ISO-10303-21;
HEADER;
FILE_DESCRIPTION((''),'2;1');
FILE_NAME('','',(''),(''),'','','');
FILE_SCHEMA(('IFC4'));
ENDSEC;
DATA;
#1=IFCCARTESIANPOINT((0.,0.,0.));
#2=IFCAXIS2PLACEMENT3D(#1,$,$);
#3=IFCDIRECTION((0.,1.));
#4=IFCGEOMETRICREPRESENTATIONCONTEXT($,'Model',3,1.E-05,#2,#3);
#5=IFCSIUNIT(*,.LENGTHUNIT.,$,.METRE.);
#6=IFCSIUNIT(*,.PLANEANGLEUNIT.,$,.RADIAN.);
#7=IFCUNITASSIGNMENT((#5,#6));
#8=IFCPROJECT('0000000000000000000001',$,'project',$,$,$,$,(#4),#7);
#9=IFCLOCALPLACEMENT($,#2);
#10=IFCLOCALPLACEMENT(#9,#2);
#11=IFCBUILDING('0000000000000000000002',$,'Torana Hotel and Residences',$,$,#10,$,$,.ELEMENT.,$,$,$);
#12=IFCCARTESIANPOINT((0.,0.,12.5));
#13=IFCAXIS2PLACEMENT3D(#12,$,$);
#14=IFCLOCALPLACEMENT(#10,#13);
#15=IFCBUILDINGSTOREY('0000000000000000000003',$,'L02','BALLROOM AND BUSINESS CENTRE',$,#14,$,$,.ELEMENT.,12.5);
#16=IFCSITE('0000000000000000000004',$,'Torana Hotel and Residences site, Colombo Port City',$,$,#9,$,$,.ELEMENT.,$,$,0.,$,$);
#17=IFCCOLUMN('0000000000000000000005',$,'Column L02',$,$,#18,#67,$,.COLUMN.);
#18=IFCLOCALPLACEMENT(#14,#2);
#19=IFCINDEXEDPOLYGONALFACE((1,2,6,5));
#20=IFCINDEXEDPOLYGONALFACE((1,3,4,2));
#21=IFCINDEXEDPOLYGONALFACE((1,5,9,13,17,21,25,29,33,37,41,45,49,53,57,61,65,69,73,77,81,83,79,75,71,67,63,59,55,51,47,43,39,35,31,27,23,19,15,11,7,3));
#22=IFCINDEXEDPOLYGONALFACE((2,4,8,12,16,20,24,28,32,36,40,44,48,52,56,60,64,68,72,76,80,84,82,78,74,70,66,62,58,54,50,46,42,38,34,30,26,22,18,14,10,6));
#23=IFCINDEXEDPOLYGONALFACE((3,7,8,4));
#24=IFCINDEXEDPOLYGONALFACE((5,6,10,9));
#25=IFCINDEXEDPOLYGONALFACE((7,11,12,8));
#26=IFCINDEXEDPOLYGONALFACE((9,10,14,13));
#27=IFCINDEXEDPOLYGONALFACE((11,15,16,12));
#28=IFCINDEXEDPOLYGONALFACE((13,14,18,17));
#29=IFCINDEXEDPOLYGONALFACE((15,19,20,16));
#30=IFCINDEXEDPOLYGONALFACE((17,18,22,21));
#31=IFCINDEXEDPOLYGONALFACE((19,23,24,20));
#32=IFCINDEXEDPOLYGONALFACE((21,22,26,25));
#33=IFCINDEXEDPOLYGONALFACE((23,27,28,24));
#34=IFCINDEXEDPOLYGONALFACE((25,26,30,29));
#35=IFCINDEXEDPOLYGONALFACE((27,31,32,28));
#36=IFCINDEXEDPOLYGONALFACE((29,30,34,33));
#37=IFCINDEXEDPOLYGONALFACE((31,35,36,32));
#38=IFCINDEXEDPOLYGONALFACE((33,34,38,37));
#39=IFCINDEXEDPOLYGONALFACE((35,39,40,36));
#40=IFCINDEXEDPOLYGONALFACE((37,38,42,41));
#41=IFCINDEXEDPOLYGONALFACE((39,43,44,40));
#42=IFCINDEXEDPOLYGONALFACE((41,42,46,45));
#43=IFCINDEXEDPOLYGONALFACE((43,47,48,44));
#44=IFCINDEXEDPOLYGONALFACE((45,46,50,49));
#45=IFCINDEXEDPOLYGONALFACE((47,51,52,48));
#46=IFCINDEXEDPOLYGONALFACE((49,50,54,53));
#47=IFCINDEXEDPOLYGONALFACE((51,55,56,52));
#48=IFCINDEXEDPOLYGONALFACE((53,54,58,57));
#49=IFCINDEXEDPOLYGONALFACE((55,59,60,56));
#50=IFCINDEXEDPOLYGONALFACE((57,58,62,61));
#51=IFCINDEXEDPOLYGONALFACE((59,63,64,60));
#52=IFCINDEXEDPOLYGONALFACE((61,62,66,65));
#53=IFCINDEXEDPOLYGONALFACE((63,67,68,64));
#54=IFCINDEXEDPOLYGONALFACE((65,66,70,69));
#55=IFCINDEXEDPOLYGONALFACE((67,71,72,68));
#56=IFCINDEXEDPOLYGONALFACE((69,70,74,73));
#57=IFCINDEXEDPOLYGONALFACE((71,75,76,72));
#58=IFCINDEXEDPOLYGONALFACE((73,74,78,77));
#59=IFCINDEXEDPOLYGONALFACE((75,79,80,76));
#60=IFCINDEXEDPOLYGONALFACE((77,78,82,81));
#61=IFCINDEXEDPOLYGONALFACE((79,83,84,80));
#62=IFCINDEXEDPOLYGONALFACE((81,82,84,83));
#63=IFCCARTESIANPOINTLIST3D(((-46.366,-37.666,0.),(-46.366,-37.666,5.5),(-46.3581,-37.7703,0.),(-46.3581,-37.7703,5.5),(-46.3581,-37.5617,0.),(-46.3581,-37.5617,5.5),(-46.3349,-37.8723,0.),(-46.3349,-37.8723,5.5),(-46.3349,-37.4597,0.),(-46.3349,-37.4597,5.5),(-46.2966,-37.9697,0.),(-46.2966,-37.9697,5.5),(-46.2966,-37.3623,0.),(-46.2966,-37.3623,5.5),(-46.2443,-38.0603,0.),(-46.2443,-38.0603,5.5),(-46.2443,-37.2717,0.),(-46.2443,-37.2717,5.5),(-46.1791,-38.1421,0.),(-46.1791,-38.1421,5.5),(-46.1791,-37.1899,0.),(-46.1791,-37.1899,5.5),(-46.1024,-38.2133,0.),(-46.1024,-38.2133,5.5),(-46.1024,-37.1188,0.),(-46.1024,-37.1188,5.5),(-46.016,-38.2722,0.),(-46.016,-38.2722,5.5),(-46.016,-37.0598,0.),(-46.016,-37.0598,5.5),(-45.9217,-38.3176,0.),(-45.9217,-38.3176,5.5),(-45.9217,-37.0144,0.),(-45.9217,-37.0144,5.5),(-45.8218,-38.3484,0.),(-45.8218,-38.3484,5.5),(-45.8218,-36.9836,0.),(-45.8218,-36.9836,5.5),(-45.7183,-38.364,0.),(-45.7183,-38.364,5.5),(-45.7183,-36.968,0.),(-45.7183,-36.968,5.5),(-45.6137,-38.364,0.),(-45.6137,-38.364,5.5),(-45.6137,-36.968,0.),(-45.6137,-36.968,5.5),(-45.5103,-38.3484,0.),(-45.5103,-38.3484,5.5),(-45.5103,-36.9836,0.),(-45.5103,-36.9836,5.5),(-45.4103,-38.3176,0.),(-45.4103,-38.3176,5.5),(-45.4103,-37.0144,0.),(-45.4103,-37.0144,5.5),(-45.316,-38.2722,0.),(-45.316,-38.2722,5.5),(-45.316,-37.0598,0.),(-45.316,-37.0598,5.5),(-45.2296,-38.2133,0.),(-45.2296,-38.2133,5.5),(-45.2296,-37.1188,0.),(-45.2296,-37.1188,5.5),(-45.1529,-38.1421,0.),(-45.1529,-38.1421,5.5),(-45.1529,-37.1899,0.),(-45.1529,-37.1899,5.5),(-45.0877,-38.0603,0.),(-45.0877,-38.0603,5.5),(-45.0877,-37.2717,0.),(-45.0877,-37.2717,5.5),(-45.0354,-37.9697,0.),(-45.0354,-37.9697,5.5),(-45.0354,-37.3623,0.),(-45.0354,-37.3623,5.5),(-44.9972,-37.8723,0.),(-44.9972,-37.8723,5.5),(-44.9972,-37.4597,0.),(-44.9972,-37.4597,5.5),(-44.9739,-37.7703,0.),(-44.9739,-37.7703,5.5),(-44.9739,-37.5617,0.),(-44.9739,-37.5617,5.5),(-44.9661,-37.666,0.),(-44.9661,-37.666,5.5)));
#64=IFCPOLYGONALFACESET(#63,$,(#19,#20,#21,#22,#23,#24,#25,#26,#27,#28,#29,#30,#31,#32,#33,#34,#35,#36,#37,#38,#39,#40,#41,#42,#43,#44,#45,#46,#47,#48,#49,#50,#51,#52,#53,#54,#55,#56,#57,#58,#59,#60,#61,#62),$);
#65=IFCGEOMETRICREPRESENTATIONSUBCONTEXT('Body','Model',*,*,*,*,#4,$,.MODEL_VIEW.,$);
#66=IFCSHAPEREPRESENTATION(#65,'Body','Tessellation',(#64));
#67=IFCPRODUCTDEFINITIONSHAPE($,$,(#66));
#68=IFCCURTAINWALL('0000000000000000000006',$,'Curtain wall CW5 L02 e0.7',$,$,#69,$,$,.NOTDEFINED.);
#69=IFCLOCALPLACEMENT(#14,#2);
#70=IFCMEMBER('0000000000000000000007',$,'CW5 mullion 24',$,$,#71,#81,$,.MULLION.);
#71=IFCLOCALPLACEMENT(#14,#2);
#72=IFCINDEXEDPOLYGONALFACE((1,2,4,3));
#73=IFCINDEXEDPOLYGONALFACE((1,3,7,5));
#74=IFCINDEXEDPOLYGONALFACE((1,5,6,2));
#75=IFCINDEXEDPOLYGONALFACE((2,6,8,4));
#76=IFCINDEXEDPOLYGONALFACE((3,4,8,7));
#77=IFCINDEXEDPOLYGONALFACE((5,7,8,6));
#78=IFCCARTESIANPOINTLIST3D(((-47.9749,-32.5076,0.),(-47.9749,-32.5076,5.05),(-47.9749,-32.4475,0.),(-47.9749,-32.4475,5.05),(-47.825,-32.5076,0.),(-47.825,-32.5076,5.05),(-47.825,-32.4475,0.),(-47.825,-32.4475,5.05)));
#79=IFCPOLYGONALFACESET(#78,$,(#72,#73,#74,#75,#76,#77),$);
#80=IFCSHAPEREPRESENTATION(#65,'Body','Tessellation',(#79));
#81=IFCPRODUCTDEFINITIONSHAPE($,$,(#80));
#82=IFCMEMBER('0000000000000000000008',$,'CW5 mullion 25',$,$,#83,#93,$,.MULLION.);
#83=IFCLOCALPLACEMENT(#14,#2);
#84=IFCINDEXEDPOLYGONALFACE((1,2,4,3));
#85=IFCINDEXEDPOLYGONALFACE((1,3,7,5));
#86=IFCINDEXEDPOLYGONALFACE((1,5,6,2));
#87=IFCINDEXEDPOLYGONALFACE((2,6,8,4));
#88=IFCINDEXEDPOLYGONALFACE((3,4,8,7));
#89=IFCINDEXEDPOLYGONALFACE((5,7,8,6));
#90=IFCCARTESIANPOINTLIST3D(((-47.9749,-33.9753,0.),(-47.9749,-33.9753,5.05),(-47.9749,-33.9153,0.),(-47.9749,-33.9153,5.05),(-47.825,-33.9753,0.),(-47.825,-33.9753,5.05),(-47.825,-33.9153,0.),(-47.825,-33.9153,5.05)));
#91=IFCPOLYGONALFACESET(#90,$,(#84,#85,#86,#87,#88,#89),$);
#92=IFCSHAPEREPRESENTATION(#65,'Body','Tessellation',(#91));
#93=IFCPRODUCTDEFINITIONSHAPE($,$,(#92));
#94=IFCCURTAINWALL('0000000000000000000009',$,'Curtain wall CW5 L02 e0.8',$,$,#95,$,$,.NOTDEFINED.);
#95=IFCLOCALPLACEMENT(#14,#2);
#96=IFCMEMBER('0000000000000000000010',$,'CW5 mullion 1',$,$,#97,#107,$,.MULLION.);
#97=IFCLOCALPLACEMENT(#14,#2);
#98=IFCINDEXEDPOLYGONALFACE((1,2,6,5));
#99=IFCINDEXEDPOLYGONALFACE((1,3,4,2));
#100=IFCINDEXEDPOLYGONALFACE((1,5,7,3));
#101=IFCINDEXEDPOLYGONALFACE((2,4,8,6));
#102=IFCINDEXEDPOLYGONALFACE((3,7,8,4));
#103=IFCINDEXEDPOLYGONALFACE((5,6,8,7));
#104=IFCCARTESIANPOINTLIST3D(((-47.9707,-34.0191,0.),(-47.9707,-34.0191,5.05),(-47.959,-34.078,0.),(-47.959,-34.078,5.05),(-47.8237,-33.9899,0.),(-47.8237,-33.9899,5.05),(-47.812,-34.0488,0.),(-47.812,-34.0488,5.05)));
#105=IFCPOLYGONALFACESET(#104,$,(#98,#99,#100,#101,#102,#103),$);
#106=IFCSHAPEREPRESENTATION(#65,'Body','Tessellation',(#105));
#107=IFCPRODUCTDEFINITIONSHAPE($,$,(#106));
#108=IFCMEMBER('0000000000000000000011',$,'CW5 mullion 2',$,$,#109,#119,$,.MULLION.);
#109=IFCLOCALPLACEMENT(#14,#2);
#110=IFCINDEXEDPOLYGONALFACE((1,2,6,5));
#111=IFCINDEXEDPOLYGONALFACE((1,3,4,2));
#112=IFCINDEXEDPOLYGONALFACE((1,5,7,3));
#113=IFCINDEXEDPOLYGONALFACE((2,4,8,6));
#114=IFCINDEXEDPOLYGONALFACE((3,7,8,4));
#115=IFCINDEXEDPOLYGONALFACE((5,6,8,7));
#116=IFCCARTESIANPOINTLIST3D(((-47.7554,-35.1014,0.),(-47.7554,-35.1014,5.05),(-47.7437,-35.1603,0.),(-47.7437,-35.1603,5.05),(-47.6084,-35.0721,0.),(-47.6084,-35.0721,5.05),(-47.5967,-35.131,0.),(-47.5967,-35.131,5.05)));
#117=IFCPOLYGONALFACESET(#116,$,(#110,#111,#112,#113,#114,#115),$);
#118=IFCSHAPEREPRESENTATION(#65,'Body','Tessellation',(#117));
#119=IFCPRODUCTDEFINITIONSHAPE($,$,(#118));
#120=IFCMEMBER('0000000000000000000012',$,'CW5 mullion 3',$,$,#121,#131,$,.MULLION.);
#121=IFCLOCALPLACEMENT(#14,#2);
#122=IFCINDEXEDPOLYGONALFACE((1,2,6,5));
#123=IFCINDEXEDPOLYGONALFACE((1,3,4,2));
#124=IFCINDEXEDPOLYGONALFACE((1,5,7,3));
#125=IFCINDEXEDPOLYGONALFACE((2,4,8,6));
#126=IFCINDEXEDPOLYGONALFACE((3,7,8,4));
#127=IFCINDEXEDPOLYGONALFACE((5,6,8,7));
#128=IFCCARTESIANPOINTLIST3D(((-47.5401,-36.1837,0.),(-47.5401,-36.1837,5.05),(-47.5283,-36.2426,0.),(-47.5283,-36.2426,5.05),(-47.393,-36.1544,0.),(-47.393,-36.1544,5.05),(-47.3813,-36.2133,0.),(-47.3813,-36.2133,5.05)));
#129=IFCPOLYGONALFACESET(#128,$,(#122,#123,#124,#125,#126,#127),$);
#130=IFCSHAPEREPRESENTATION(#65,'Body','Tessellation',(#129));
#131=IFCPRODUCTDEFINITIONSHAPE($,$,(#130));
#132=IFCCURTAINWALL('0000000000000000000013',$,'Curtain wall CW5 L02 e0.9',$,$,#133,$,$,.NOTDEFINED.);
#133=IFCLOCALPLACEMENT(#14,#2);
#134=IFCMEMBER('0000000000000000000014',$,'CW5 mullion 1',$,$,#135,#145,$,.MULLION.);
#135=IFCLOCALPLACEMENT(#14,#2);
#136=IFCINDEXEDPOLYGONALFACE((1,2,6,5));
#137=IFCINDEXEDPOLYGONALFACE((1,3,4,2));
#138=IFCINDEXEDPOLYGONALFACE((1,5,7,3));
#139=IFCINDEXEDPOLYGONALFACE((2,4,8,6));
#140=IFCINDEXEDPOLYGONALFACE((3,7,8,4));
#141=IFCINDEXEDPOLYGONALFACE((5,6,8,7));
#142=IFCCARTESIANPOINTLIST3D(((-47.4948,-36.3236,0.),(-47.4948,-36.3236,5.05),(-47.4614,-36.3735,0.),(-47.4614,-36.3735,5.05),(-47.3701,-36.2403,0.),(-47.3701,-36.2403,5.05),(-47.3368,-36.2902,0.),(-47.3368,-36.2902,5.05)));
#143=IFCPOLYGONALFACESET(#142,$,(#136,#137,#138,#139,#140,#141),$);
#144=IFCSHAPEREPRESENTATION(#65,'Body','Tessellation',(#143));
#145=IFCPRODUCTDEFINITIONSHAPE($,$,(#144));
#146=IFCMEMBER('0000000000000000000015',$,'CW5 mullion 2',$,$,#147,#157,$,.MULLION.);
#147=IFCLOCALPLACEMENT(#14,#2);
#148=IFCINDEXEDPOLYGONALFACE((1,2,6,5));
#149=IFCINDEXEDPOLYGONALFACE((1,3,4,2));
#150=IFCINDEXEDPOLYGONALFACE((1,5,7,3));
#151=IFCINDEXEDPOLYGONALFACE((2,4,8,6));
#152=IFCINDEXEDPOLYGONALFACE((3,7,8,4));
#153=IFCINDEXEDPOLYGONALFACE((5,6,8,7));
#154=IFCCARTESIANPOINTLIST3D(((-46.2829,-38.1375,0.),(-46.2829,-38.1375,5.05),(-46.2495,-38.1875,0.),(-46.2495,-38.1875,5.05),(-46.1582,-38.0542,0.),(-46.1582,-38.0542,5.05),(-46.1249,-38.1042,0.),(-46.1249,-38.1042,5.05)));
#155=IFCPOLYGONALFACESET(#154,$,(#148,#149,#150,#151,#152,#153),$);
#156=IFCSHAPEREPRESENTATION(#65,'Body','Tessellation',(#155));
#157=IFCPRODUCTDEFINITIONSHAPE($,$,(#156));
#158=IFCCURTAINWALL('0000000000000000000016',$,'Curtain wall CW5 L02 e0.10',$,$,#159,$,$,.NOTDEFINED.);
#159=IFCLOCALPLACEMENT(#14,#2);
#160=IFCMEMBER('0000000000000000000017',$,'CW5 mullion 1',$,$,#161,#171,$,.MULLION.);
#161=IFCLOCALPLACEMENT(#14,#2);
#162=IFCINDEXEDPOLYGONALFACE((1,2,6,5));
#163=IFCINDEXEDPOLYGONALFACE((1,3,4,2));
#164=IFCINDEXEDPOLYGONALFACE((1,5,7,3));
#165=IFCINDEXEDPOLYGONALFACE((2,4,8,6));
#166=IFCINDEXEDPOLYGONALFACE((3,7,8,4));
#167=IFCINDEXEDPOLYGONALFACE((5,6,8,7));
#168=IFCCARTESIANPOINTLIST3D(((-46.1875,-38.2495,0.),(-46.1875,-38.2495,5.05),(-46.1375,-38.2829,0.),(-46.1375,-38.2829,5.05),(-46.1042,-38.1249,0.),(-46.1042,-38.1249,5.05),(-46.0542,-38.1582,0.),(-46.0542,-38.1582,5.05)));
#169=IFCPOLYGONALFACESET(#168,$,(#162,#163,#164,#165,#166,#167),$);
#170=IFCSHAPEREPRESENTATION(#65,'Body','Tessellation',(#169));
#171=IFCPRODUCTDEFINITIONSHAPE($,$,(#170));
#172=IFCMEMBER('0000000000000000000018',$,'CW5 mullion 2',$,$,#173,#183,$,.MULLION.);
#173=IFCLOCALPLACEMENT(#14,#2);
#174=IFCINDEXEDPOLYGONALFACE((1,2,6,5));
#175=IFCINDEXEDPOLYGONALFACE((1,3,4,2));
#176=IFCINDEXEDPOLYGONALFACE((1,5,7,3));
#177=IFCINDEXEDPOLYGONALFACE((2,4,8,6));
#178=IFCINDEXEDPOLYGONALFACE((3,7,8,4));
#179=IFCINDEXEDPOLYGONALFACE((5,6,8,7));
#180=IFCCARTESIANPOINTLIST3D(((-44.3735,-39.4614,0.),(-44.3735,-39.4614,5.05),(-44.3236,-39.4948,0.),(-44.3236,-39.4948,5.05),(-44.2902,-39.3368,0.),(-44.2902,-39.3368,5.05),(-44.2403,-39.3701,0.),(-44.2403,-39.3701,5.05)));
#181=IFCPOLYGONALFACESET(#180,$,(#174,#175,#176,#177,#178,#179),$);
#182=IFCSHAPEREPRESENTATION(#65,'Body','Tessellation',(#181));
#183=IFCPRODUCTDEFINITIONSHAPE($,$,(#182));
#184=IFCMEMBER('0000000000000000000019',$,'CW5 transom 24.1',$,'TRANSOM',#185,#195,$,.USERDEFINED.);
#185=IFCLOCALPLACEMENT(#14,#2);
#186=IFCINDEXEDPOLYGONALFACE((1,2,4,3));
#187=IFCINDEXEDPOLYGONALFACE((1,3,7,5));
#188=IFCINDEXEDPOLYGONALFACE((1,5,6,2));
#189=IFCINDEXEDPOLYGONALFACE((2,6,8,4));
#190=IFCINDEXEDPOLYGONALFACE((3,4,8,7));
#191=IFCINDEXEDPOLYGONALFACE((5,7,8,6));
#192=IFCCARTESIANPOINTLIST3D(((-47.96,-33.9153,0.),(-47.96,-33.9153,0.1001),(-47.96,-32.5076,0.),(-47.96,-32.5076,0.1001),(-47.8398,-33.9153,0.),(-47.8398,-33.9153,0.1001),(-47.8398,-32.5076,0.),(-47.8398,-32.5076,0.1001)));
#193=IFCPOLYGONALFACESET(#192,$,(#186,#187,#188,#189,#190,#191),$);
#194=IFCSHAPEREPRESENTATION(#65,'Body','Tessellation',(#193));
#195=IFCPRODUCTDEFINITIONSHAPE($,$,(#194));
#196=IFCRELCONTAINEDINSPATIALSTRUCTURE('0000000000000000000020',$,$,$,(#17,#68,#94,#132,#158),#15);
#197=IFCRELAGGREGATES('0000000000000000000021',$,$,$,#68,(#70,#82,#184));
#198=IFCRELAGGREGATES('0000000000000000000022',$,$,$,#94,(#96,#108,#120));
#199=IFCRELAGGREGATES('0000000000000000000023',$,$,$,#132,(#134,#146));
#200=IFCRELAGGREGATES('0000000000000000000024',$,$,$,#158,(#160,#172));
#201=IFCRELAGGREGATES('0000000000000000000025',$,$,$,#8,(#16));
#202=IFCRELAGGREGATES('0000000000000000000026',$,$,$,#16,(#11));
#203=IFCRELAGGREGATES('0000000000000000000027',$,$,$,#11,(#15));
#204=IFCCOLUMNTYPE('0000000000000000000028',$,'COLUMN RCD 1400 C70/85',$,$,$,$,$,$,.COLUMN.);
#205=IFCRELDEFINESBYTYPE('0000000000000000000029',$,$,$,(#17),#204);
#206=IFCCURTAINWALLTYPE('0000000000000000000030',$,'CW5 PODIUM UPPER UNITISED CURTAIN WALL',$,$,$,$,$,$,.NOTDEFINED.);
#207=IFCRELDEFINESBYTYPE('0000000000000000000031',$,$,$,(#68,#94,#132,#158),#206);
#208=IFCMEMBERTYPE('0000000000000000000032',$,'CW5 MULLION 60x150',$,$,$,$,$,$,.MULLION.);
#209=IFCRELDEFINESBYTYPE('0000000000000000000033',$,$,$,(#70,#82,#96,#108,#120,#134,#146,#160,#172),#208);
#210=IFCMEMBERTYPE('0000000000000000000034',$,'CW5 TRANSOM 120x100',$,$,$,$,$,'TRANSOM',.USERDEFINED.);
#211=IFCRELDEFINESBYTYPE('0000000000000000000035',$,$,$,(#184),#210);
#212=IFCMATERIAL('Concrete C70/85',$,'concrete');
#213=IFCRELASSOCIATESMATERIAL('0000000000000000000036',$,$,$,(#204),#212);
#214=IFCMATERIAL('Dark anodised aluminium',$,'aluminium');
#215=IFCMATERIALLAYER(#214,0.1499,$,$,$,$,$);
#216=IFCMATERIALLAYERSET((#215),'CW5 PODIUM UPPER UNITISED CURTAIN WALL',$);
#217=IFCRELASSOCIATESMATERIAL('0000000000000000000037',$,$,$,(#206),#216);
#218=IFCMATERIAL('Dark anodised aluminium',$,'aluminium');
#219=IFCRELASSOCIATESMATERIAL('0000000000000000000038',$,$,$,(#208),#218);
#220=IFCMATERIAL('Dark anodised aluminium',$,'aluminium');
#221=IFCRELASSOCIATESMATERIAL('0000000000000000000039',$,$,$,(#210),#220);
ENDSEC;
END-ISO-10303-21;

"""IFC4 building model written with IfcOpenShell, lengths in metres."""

from ifc_helpers import new_model, si_unit, direction, frame, origin, origin_2d, place, context, subcontext, project, spatial, rectangle, circle, extrude, material, layer, layer_set, material_profile, profile_set, type_object, element, aggregate, save


model = new_model("IFC4")

# Units and contexts
model_context = context("Model", 3, precision=1e-05, world=origin(), true_north=direction((0.0, 1.0)))
body_context = subcontext(model_context, "Body", "Model", "MODEL_VIEW")
ifc_project = project(units=[si_unit("LENGTHUNIT", "METRE"), si_unit("PLANEANGLEUNIT", "RADIAN")], contexts=[model_context])

# Site, building, storey
site_placement = place(None, origin())
site = spatial("IfcSite", under=ifc_project, at=site_placement, Name="Torana Hotel and Residences site, Colombo Port City", CompositionType="ELEMENT", RefElevation=0.0)
building_placement = place(site_placement, origin())
building = spatial("IfcBuilding", under=site, at=building_placement, Name="Torana Hotel and Residences", CompositionType="ELEMENT")
storey_placement = place(building_placement, frame((0.0, 0.0, 12.5)))
storey = spatial("IfcBuildingStorey", under=building, at=storey_placement, Name="L02", Description="BALLROOM AND BUSINESS CENTRE", CompositionType="ELEMENT", Elevation=12.5)

# Column
ifc_material_1 = material(Name="Concrete C70/85", Category="concrete")
ifc_material_profile_1 = material_profile(ifc_material_1, circle(Radius=0.7, at=origin_2d()), Name="RCD 1400")
ifc_profile_set_1 = profile_set([ifc_material_profile_1], Name="Concrete C70/85")
column_type = type_object("IfcColumnType", Name="COLUMN RCD 1400 C70/85", PredefinedType="COLUMN", material=ifc_profile_set_1)
column_placement = place(storey_placement, frame((-45.666, -37.666, 0.0), z_axis=(0.0, 0.0, 1.0), x_axis=(1.0, 0.0, 0.0)))
element("IfcColumn", 1, at=column_placement, inside=storey, type_object=column_type, Name="Column L02", PredefinedType="COLUMN", context=body_context, shape_type="SweptSolid", body=[
    extrude(circle(Radius=0.7, at=origin_2d()), origin(), (0.0, 0.0, 1.0), 5.5),
])

# Curtain walls, members
ifc_material_2 = material(Name="Dark anodised aluminium", Category="aluminium")
ifc_layer_1 = layer(ifc_material_2, 0.1499)
ifc_layer_set_1 = layer_set([ifc_layer_1], Name="CW5 PODIUM UPPER UNITISED CURTAIN WALL")
curtain_wall_type = type_object("IfcCurtainWallType", Name="CW5 PODIUM UPPER UNITISED CURTAIN WALL", PredefinedType="NOTDEFINED", material=ifc_layer_set_1)
curtain_wall_1_placement = place(storey_placement, origin())
curtain_wall_1 = element("IfcCurtainWall", 2, at=curtain_wall_1_placement, inside=storey, type_object=curtain_wall_type, Name="Curtain wall CW5 L02 e0.7", PredefinedType="NOTDEFINED")
ifc_material_3 = material(Name="Dark anodised aluminium", Category="aluminium")
ifc_material_profile_2 = material_profile(ifc_material_3, rectangle(XDim=0.1499, YDim=0.0601, at=origin_2d()), Name="CW5 MULLION 60x150")
ifc_profile_set_2 = profile_set([ifc_material_profile_2], Name="Dark anodised aluminium")
member_type_1 = type_object("IfcMemberType", Name="CW5 MULLION 60x150", PredefinedType="MULLION", material=ifc_profile_set_2)
member_1_placement = place(storey_placement, frame((-47.8999, -32.4775, 0.0), z_axis=(0.0, 0.0, 1.0), x_axis=(1.0, 0.0, 0.0)))
member_1 = element("IfcMember", 3, at=member_1_placement, type_object=member_type_1, Name="CW5 mullion 24", PredefinedType="MULLION", context=body_context, shape_type="SweptSolid", body=[
    extrude(rectangle(XDim=0.1499, YDim=0.0601, at=origin_2d()), origin(), (0.0, 0.0, 1.0), 5.05),
])
member_2_placement = place(storey_placement, frame((-47.8999, -33.9453, 0.0), z_axis=(0.0, 0.0, 1.0), x_axis=(1.0, 0.0, 0.0)))
member_2 = element("IfcMember", 4, at=member_2_placement, type_object=member_type_1, Name="CW5 mullion 25", PredefinedType="MULLION", context=body_context, shape_type="SweptSolid", body=[
    extrude(rectangle(XDim=0.1499, YDim=0.0601, at=origin_2d()), origin(), (0.0, 0.0, 1.0), 5.05),
])
curtain_wall_2_placement = place(storey_placement, origin())
curtain_wall_2 = element("IfcCurtainWall", 5, at=curtain_wall_2_placement, inside=storey, type_object=curtain_wall_type, Name="Curtain wall CW5 L02 e0.8", PredefinedType="NOTDEFINED")
member_3_placement = place(storey_placement, frame((-47.8914, -34.0339, 0.0), z_axis=(0.0, 0.0, 1.0), x_axis=(0.980787, 0.195081, 0.0)))
member_3 = element("IfcMember", 6, at=member_3_placement, type_object=member_type_1, Name="CW5 mullion 1", PredefinedType="MULLION", context=body_context, shape_type="SweptSolid", body=[
    extrude(rectangle(XDim=0.1499, YDim=0.0601, at=origin_2d()), origin(), (0.0, 0.0, 1.0), 5.05),
])
member_4_placement = place(storey_placement, frame((-47.676, -35.1162, 0.0), z_axis=(0.0, 0.0, 1.0), x_axis=(0.980787, 0.195081, 0.0)))
member_4 = element("IfcMember", 7, at=member_4_placement, type_object=member_type_1, Name="CW5 mullion 2", PredefinedType="MULLION", context=body_context, shape_type="SweptSolid", body=[
    extrude(rectangle(XDim=0.1499, YDim=0.0601, at=origin_2d()), origin(), (0.0, 0.0, 1.0), 5.05),
])
member_5_placement = place(storey_placement, frame((-47.4607, -36.1985, 0.0), z_axis=(0.0, 0.0, 1.0), x_axis=(0.980787, 0.195081, 0.0)))
member_5 = element("IfcMember", 8, at=member_5_placement, type_object=member_type_1, Name="CW5 mullion 3", PredefinedType="MULLION", context=body_context, shape_type="SweptSolid", body=[
    extrude(rectangle(XDim=0.1499, YDim=0.0601, at=origin_2d()), origin(), (0.0, 0.0, 1.0), 5.05),
])
curtain_wall_3_placement = place(storey_placement, origin())
curtain_wall_3 = element("IfcCurtainWall", 9, at=curtain_wall_3_placement, inside=storey, type_object=curtain_wall_type, Name="Curtain wall CW5 L02 e0.9", PredefinedType="NOTDEFINED")
member_6_placement = place(storey_placement, frame((-47.4158, -36.3069, 0.0), z_axis=(0.0, 0.0, 1.0), x_axis=(0.83146, 0.555585, 0.0)))
member_6 = element("IfcMember", 10, at=member_6_placement, type_object=member_type_1, Name="CW5 mullion 1", PredefinedType="MULLION", context=body_context, shape_type="SweptSolid", body=[
    extrude(rectangle(XDim=0.1499, YDim=0.0601, at=origin_2d()), origin(), (0.0, 0.0, 1.0), 5.05),
])
member_7_placement = place(storey_placement, frame((-46.2039, -38.1208, 0.0), z_axis=(0.0, 0.0, 1.0), x_axis=(0.83146, 0.555585, 0.0)))
member_7 = element("IfcMember", 11, at=member_7_placement, type_object=member_type_1, Name="CW5 mullion 2", PredefinedType="MULLION", context=body_context, shape_type="SweptSolid", body=[
    extrude(rectangle(XDim=0.1499, YDim=0.0601, at=origin_2d()), origin(), (0.0, 0.0, 1.0), 5.05),
])
curtain_wall_4_placement = place(storey_placement, origin())
curtain_wall_4 = element("IfcCurtainWall", 12, at=curtain_wall_4_placement, inside=storey, type_object=curtain_wall_type, Name="Curtain wall CW5 L02 e0.10", PredefinedType="NOTDEFINED")
member_8_placement = place(storey_placement, frame((-46.1208, -38.2039, 0.0), z_axis=(0.0, 0.0, 1.0), x_axis=(0.555585, 0.83146, 0.0)))
member_8 = element("IfcMember", 13, at=member_8_placement, type_object=member_type_1, Name="CW5 mullion 1", PredefinedType="MULLION", context=body_context, shape_type="SweptSolid", body=[
    extrude(rectangle(XDim=0.1499, YDim=0.0601, at=origin_2d()), origin(), (0.0, 0.0, 1.0), 5.05),
])
member_9_placement = place(storey_placement, frame((-44.3069, -39.4158, 0.0), z_axis=(0.0, 0.0, 1.0), x_axis=(0.555585, 0.83146, 0.0)))
member_9 = element("IfcMember", 14, at=member_9_placement, type_object=member_type_1, Name="CW5 mullion 2", PredefinedType="MULLION", context=body_context, shape_type="SweptSolid", body=[
    extrude(rectangle(XDim=0.1499, YDim=0.0601, at=origin_2d()), origin(), (0.0, 0.0, 1.0), 5.05),
])

# Member
ifc_material_4 = material(Name="Dark anodised aluminium", Category="aluminium")
ifc_material_profile_3 = material_profile(ifc_material_4, rectangle(XDim=0.1201, YDim=0.1001, at=origin_2d()), Name="CW5 TRANSOM 120x100")
ifc_profile_set_3 = profile_set([ifc_material_profile_3], Name="Dark anodised aluminium")
member_type_2 = type_object("IfcMemberType", Name="CW5 TRANSOM 120x100", ElementType="TRANSOM", PredefinedType="USERDEFINED", material=ifc_profile_set_3)
member_10_placement = place(storey_placement, frame((-47.8999, -32.5076, 0.05), z_axis=(0.0, -1.0, 0.0), x_axis=(1.0, 0.0, 0.0)))
member_10 = element("IfcMember", 15, at=member_10_placement, type_object=member_type_2, Name="CW5 transom 24.1", ObjectType="TRANSOM", PredefinedType="USERDEFINED", context=body_context, shape_type="SweptSolid", body=[
    extrude(rectangle(XDim=0.1201, YDim=0.1001, at=origin_2d()), origin(), (0.0, 0.0, 1.0), 1.4077),
])

aggregate(curtain_wall_1, [member_1, member_2, member_10])
aggregate(curtain_wall_2, [member_3, member_4, member_5])
aggregate(curtain_wall_3, [member_6, member_7])
aggregate(curtain_wall_4, [member_8, member_9])

save(model, "model.ifc")
